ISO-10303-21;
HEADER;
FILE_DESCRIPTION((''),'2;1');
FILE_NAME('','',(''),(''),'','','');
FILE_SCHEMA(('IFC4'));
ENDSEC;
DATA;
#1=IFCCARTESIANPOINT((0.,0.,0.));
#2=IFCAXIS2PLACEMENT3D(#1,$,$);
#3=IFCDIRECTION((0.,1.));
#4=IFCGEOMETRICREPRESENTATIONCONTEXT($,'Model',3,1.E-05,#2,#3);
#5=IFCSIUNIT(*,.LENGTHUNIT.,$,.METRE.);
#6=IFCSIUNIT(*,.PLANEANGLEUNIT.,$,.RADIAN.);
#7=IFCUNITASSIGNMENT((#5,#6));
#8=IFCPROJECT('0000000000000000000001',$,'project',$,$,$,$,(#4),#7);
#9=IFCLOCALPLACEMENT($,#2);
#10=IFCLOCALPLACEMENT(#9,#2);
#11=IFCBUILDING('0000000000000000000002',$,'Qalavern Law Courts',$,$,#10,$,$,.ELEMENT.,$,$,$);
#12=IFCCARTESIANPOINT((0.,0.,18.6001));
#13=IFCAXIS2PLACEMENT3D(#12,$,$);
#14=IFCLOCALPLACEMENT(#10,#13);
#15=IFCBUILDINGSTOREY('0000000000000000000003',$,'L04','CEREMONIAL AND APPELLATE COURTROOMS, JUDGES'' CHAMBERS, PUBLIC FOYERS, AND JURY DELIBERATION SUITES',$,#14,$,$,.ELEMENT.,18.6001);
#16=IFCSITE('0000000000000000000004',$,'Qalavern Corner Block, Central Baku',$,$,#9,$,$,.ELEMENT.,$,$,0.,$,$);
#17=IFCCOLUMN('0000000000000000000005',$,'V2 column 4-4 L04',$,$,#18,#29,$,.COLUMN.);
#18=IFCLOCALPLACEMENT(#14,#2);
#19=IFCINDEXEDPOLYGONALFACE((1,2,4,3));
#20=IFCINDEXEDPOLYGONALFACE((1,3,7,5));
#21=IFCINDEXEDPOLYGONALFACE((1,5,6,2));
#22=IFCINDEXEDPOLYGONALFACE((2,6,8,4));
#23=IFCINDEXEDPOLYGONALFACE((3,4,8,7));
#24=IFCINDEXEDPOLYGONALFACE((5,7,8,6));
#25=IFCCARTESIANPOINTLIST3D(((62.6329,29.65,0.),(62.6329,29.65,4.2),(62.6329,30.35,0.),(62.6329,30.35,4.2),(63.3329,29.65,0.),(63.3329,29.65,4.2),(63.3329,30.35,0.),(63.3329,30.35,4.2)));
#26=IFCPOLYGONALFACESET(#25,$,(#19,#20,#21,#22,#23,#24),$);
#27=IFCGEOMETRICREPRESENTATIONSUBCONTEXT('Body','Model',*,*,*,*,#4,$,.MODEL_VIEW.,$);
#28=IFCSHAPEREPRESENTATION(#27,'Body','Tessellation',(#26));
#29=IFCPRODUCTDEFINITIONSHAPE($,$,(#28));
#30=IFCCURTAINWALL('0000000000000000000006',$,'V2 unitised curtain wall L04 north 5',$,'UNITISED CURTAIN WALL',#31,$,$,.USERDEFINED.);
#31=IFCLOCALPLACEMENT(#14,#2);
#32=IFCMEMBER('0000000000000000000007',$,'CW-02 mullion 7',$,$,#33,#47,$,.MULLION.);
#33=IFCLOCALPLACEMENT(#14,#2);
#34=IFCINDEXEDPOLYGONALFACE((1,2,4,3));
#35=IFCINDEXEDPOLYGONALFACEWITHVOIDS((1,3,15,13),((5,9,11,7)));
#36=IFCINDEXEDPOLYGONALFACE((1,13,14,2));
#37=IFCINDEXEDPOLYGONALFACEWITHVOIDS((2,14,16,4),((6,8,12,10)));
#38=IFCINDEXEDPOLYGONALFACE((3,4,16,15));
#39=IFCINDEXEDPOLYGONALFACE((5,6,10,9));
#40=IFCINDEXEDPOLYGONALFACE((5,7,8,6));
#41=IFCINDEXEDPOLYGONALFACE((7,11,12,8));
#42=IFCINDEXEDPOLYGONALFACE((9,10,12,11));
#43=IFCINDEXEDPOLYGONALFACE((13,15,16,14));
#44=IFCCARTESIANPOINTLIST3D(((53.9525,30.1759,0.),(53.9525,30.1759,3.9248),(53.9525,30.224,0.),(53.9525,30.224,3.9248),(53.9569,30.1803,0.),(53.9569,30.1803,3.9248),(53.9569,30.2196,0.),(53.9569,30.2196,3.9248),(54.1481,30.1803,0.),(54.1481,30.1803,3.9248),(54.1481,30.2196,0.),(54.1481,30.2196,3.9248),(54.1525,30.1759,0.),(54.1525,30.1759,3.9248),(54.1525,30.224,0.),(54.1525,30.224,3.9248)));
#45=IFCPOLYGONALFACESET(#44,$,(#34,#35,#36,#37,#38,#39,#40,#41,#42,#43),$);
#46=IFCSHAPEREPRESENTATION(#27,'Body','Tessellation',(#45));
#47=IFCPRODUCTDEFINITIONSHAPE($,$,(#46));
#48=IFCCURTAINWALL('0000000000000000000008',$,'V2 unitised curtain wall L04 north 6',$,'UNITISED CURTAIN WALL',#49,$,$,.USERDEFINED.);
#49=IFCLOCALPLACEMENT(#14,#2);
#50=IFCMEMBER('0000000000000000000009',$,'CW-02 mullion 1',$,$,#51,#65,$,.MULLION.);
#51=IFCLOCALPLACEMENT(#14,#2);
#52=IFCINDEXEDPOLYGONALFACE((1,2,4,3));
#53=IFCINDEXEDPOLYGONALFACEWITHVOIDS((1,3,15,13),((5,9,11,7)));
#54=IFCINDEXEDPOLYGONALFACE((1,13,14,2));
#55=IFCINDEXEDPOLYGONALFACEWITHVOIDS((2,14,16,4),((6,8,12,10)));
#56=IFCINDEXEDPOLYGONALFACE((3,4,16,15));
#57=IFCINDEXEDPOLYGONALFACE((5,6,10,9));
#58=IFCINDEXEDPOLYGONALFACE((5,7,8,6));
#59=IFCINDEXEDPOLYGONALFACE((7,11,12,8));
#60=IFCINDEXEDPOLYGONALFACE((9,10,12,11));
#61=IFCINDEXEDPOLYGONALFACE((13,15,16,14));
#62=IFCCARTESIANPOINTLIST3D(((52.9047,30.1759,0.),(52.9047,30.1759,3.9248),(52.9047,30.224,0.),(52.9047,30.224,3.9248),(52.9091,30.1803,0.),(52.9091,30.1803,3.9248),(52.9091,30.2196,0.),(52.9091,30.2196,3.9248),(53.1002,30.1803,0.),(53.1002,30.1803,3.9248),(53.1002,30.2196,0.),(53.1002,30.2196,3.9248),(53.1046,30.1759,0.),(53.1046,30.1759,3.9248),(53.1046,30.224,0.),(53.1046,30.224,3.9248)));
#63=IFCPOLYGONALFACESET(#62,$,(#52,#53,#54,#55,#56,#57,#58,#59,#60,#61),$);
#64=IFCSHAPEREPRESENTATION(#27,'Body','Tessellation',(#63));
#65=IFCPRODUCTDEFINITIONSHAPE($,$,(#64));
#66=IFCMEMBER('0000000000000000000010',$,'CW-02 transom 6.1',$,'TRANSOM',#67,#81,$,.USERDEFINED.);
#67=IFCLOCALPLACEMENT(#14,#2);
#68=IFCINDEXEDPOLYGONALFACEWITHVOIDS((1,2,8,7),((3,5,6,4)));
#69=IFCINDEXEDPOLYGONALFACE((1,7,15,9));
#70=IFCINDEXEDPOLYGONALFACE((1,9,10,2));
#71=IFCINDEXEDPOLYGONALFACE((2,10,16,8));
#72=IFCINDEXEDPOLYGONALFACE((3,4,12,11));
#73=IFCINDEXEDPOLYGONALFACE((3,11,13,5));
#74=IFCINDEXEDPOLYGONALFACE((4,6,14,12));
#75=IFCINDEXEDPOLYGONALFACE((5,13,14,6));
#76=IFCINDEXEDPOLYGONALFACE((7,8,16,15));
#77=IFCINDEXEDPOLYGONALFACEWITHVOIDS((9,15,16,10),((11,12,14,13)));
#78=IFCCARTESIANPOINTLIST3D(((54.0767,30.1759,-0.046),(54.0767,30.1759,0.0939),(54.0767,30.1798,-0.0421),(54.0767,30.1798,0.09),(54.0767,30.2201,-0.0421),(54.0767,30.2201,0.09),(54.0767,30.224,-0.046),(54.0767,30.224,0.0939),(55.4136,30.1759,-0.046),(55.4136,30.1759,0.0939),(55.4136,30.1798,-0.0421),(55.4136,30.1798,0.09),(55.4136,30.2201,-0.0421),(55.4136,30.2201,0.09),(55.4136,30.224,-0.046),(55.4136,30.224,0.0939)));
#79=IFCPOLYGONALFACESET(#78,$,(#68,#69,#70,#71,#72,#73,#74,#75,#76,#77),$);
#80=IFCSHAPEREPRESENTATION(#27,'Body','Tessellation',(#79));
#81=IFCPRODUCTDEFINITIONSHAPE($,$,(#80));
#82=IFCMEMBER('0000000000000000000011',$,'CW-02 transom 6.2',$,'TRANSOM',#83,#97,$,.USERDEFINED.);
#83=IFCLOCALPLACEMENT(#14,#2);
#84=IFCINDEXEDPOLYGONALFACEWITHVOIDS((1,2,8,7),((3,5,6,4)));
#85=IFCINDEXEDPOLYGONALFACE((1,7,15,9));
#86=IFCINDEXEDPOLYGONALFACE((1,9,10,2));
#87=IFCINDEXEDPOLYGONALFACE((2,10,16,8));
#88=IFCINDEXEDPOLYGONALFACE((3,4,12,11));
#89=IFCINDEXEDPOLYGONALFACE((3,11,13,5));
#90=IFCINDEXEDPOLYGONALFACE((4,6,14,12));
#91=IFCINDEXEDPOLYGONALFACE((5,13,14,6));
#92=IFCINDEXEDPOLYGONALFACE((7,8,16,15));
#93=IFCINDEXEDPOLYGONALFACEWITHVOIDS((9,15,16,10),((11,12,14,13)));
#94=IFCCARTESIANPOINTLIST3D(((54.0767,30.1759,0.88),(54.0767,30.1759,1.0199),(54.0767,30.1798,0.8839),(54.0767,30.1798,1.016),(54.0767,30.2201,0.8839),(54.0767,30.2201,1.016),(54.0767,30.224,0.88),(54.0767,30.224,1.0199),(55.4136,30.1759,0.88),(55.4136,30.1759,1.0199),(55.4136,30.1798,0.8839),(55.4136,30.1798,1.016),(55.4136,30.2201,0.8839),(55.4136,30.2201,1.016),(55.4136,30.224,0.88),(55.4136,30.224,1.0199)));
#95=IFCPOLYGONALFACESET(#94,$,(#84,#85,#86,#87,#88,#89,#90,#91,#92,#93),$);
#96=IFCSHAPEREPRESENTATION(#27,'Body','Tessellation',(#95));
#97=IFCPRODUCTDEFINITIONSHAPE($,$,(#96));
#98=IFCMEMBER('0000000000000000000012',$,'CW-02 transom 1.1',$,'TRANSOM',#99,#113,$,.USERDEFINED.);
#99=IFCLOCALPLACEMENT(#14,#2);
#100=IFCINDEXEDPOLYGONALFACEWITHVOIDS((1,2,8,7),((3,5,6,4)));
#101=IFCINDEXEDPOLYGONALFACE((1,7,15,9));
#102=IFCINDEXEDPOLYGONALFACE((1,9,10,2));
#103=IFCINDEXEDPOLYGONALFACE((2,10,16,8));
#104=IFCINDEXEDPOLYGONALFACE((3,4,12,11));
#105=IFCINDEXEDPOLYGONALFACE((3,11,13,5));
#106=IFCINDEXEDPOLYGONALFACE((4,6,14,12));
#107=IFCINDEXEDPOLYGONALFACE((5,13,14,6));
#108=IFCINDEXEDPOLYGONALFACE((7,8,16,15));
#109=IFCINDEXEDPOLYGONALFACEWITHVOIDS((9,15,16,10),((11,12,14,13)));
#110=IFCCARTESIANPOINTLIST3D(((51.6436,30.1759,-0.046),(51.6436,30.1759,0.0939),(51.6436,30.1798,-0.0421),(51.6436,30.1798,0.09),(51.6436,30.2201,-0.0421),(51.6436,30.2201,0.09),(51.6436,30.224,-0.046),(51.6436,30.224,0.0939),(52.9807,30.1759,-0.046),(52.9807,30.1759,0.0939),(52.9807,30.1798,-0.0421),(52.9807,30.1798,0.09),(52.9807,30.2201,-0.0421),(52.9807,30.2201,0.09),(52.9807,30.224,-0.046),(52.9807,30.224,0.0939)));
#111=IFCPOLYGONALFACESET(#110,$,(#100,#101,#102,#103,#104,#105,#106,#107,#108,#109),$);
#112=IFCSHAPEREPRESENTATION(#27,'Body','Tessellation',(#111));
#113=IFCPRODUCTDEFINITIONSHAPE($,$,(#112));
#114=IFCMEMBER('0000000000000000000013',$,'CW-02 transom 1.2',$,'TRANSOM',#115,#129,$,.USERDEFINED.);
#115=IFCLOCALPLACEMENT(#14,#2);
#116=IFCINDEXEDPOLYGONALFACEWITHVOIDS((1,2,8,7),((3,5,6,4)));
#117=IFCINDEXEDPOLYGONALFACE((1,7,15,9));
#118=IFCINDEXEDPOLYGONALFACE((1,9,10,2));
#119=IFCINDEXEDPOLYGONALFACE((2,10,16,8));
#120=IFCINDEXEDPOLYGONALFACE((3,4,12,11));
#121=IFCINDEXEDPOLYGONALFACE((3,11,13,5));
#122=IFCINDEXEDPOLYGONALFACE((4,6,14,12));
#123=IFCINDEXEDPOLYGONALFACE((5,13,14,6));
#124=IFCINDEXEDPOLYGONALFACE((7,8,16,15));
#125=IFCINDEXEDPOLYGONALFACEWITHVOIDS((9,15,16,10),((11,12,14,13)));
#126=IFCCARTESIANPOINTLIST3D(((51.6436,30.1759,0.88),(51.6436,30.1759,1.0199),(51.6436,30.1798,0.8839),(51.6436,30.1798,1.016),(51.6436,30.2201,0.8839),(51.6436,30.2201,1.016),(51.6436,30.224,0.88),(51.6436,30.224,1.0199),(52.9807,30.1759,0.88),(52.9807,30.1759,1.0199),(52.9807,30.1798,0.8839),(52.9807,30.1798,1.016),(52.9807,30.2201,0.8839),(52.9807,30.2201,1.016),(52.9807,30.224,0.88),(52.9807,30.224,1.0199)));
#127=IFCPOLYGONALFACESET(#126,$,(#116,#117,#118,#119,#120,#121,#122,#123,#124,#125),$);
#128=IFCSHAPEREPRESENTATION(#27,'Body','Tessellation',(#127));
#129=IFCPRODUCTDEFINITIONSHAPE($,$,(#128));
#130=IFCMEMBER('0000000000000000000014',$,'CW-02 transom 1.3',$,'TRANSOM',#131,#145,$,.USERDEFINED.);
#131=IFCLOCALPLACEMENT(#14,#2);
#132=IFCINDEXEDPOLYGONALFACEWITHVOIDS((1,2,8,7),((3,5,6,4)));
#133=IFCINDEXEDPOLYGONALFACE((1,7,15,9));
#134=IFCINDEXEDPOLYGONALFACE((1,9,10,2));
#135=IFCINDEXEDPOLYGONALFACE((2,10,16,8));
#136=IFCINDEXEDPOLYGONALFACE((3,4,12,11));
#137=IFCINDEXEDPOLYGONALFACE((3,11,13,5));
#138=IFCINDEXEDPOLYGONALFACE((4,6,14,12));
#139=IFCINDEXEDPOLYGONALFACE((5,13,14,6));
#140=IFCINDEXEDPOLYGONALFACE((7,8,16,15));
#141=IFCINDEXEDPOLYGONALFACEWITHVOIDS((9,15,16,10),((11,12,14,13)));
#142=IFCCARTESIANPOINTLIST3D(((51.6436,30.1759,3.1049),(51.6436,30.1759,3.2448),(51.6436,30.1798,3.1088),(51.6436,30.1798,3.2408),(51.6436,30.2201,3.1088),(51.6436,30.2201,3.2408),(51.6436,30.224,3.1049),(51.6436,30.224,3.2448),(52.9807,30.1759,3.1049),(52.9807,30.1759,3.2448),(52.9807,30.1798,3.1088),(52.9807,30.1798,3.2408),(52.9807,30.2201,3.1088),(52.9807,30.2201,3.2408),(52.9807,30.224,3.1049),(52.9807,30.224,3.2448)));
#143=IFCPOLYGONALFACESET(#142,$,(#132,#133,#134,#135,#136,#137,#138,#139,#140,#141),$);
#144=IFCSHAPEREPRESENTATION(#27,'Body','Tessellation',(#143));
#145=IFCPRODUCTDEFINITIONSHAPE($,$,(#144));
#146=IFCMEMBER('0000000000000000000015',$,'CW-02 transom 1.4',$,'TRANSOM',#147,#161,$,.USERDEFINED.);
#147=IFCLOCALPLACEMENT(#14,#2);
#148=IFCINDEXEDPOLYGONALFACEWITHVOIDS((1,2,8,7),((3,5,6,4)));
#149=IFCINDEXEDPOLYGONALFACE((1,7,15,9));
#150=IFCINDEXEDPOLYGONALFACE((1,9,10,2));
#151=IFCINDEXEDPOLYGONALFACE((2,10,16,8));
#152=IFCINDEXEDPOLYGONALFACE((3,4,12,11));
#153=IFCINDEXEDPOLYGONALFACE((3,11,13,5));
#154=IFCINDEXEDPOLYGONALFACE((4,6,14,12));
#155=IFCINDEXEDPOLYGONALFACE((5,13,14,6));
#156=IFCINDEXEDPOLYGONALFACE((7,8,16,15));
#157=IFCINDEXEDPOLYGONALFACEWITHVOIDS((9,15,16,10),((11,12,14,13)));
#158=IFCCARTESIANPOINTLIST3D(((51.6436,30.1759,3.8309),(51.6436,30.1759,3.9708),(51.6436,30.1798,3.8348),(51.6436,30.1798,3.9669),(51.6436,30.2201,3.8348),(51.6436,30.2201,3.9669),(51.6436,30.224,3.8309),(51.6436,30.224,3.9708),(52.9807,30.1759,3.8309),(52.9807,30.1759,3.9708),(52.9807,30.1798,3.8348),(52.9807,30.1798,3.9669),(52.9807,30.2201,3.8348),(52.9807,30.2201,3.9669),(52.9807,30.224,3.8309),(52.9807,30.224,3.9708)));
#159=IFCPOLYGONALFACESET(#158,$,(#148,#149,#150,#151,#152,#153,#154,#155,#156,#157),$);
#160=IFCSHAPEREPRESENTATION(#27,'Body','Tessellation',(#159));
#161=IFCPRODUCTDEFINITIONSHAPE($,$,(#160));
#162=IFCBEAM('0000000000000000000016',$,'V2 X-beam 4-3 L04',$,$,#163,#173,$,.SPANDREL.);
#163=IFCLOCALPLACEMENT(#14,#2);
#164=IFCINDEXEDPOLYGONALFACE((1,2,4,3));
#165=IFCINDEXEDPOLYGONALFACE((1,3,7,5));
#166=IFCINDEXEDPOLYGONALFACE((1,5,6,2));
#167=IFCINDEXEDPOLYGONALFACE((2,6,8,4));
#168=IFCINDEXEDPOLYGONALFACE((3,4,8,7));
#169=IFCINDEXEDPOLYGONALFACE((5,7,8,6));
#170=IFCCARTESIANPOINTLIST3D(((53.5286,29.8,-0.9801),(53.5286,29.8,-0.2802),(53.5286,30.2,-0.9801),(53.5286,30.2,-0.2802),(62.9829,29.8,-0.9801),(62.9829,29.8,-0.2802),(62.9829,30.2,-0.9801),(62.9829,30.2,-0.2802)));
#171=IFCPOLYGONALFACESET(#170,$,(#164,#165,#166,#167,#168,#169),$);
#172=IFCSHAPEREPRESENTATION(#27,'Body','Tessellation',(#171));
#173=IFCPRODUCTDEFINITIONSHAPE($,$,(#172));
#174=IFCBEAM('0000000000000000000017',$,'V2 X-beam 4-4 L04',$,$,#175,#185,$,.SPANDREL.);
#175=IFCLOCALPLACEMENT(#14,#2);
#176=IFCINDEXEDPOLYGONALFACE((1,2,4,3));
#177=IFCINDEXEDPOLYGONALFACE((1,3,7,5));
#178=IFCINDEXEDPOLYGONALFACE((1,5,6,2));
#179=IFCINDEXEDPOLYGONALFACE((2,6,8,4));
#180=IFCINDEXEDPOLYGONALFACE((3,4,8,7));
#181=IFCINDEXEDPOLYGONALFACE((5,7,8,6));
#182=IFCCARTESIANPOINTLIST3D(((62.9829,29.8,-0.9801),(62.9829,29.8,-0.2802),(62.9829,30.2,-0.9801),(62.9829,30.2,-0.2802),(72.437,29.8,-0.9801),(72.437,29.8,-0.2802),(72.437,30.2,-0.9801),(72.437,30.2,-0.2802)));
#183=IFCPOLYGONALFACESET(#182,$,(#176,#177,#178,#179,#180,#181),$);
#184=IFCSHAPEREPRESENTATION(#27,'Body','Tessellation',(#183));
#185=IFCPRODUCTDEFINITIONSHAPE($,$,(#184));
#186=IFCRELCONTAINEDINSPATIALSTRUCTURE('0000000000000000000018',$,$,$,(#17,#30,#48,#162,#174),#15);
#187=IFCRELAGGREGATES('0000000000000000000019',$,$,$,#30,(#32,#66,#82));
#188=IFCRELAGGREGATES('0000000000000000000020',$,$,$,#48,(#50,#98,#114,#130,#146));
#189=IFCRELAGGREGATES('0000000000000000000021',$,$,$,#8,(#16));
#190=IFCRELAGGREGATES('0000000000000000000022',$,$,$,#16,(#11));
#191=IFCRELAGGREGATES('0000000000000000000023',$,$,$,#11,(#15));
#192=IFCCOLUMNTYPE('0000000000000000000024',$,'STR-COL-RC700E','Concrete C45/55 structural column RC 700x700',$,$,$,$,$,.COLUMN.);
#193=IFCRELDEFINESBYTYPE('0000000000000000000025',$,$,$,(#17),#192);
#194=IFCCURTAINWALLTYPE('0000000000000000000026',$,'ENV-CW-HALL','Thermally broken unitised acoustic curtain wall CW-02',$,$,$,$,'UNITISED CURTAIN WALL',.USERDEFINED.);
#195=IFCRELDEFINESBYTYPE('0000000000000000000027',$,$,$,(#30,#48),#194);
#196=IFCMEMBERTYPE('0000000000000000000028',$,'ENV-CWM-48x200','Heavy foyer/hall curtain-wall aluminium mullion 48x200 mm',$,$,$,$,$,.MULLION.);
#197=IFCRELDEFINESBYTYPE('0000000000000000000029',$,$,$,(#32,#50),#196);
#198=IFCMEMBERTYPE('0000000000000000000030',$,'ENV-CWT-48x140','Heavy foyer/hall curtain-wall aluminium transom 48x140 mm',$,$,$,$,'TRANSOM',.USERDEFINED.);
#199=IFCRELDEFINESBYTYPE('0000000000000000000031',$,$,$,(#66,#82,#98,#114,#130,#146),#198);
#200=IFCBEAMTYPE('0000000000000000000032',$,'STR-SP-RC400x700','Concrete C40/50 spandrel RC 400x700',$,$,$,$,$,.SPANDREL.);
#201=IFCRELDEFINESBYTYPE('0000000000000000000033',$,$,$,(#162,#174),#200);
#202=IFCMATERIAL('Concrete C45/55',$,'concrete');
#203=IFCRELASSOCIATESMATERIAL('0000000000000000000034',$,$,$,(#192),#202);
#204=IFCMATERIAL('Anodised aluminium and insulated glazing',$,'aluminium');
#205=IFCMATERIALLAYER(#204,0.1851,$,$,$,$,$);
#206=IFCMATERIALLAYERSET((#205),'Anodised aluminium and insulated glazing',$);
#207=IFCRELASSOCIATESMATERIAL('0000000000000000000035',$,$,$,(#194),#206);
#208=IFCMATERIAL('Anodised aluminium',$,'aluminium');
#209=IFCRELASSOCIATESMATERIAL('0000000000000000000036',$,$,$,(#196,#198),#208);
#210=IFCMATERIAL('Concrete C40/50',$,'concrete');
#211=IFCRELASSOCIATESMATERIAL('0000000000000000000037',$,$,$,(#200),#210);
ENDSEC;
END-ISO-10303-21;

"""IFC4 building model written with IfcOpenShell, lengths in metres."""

from ifc_helpers import new_model, si_unit, direction, frame, origin, origin_2d, place, context, subcontext, project, spatial, rectangle, hollow_rectangle, extrude, material, layer, layer_set, material_profile, profile_set, type_object, element, aggregate, save


model = new_model("IFC4")

# Units and contexts
model_context = context("Model", 3, precision=1e-05, world=origin(), true_north=direction((0.0, 1.0)))
body_context = subcontext(model_context, "Body", "Model", "MODEL_VIEW")
ifc_project = project(units=[si_unit("LENGTHUNIT", "METRE"), si_unit("PLANEANGLEUNIT", "RADIAN")], contexts=[model_context])

# Site, building, storey
site_placement = place(None, origin())
site = spatial("IfcSite", under=ifc_project, at=site_placement, Name="Qalavern Corner Block, Central Baku", CompositionType="ELEMENT", RefElevation=0.0)
building_placement = place(site_placement, origin())
building = spatial("IfcBuilding", under=site, at=building_placement, Name="Qalavern Law Courts", CompositionType="ELEMENT")
storey_placement = place(building_placement, frame((0.0, 0.0, 18.6001)))
storey = spatial("IfcBuildingStorey", under=building, at=storey_placement, Name="L04", Description="CEREMONIAL AND APPELLATE COURTROOMS, JUDGES' CHAMBERS, PUBLIC FOYERS, AND JURY DELIBERATION SUITES", CompositionType="ELEMENT", Elevation=18.6001)

# Column
ifc_material_1 = material(Name="Concrete C45/55", Category="concrete")
ifc_material_profile_1 = material_profile(ifc_material_1, rectangle(XDim=0.7, YDim=0.7, at=origin_2d()), Name="RC 700x700")
ifc_profile_set_1 = profile_set([ifc_material_profile_1], Name="Concrete C45/55")
column_type = type_object("IfcColumnType", Name="STR-COL-RC700E", Description="Concrete C45/55 structural column RC 700x700", PredefinedType="COLUMN", material=ifc_profile_set_1)
column_placement = place(storey_placement, frame((62.9829, 30.0, 0.0), z_axis=(0.0, 0.0, 1.0), x_axis=(1.0, 0.0, 0.0)))
element("IfcColumn", 1, at=column_placement, inside=storey, type_object=column_type, Name="V2 column 4-4 L04", PredefinedType="COLUMN", context=body_context, shape_type="SweptSolid", body=[
    extrude(rectangle(XDim=0.7, YDim=0.7, at=origin_2d()), origin(), (0.0, 0.0, 1.0), 4.2),
])

# Curtain walls, members
ifc_material_2 = material(Name="Anodised aluminium and insulated glazing", Category="aluminium")
ifc_layer_1 = layer(ifc_material_2, 0.1851)
ifc_layer_set_1 = layer_set([ifc_layer_1], Name="Anodised aluminium and insulated glazing")
curtain_wall_type = type_object("IfcCurtainWallType", Name="ENV-CW-HALL", Description="Thermally broken unitised acoustic curtain wall CW-02", ElementType="UNITISED CURTAIN WALL", PredefinedType="USERDEFINED", material=ifc_layer_set_1)
curtain_wall_1_placement = place(storey_placement, origin())
curtain_wall_1 = element("IfcCurtainWall", 2, at=curtain_wall_1_placement, inside=storey, type_object=curtain_wall_type, Name="V2 unitised curtain wall L04 north 5", ObjectType="UNITISED CURTAIN WALL", PredefinedType="USERDEFINED")
ifc_material_3 = material(Name="Anodised aluminium", Category="aluminium")
ifc_material_profile_2 = material_profile(ifc_material_3, hollow_rectangle(XDim=0.0481, YDim=0.2, WallThickness=0.0044, at=origin_2d()), Name="ALU MULLION 48x200")
ifc_profile_set_2 = profile_set([ifc_material_profile_2], Name="Anodised aluminium")
member_type_1 = type_object("IfcMemberType", Name="ENV-CWM-48x200", Description="Heavy foyer/hall curtain-wall aluminium mullion 48x200 mm", PredefinedType="MULLION", material=ifc_profile_set_2)
member_1_placement = place(storey_placement, frame((54.0525, 30.2, 0.0), z_axis=(0.0, 0.0, 1.0), x_axis=(0.0, -1.0, 0.0)))
member_1 = element("IfcMember", 3, at=member_1_placement, type_object=member_type_1, Name="CW-02 mullion 7", PredefinedType="MULLION", context=body_context, shape_type="SweptSolid", body=[
    extrude(hollow_rectangle(XDim=0.0481, YDim=0.2, WallThickness=0.0044, at=origin_2d()), origin(), (0.0, 0.0, 1.0), 3.9248),
])
curtain_wall_2_placement = place(storey_placement, origin())
curtain_wall_2 = element("IfcCurtainWall", 4, at=curtain_wall_2_placement, inside=storey, type_object=curtain_wall_type, Name="V2 unitised curtain wall L04 north 6", ObjectType="UNITISED CURTAIN WALL", PredefinedType="USERDEFINED")
member_2_placement = place(storey_placement, frame((53.0046, 30.2, 0.0), z_axis=(0.0, 0.0, 1.0), x_axis=(0.0, -1.0, 0.0)))
member_2 = element("IfcMember", 5, at=member_2_placement, type_object=member_type_1, Name="CW-02 mullion 1", PredefinedType="MULLION", context=body_context, shape_type="SweptSolid", body=[
    extrude(hollow_rectangle(XDim=0.0481, YDim=0.2, WallThickness=0.0044, at=origin_2d()), origin(), (0.0, 0.0, 1.0), 3.9248),
])

# Members
ifc_material_profile_3 = material_profile(ifc_material_3, hollow_rectangle(XDim=0.0481, YDim=0.1399, WallThickness=0.0039, at=origin_2d()), Name="ALU TRANSOM 48x140")
ifc_profile_set_3 = profile_set([ifc_material_profile_3], Name="Anodised aluminium")
member_type_2 = type_object("IfcMemberType", Name="ENV-CWT-48x140", Description="Heavy foyer/hall curtain-wall aluminium transom 48x140 mm", ElementType="TRANSOM", PredefinedType="USERDEFINED", material=ifc_profile_set_3)
member_3_placement = place(storey_placement, frame((55.4136, 30.2, 0.0239), z_axis=(-1.0, 0.0, 0.0), x_axis=(0.0, -1.0, 0.0)))
member_3 = element("IfcMember", 6, at=member_3_placement, type_object=member_type_2, Name="CW-02 transom 6.1", ObjectType="TRANSOM", PredefinedType="USERDEFINED", context=body_context, shape_type="SweptSolid", body=[
    extrude(hollow_rectangle(XDim=0.0481, YDim=0.1399, WallThickness=0.0039, at=origin_2d()), origin(), (0.0, 0.0, 1.0), 1.3369),
])
member_4_placement = place(storey_placement, frame((55.4136, 30.2, 0.95), z_axis=(-1.0, 0.0, 0.0), x_axis=(0.0, -1.0, 0.0)))
member_4 = element("IfcMember", 7, at=member_4_placement, type_object=member_type_2, Name="CW-02 transom 6.2", ObjectType="TRANSOM", PredefinedType="USERDEFINED", context=body_context, shape_type="SweptSolid", body=[
    extrude(hollow_rectangle(XDim=0.0481, YDim=0.1399, WallThickness=0.0039, at=origin_2d()), origin(), (0.0, 0.0, 1.0), 1.3369),
])
member_5_placement = place(storey_placement, frame((52.9807, 30.2, 0.0239), z_axis=(-1.0, 0.0, 0.0), x_axis=(0.0, -1.0, 0.0)))
member_5 = element("IfcMember", 8, at=member_5_placement, type_object=member_type_2, Name="CW-02 transom 1.1", ObjectType="TRANSOM", PredefinedType="USERDEFINED", context=body_context, shape_type="SweptSolid", body=[
    extrude(hollow_rectangle(XDim=0.0481, YDim=0.1399, WallThickness=0.0039, at=origin_2d()), origin(), (0.0, 0.0, 1.0), 1.3372),
])
member_6_placement = place(storey_placement, frame((52.9807, 30.2, 0.95), z_axis=(-1.0, 0.0, 0.0), x_axis=(0.0, -1.0, 0.0)))
member_6 = element("IfcMember", 9, at=member_6_placement, type_object=member_type_2, Name="CW-02 transom 1.2", ObjectType="TRANSOM", PredefinedType="USERDEFINED", context=body_context, shape_type="SweptSolid", body=[
    extrude(hollow_rectangle(XDim=0.0481, YDim=0.1399, WallThickness=0.0039, at=origin_2d()), origin(), (0.0, 0.0, 1.0), 1.3372),
])
member_7_placement = place(storey_placement, frame((52.9807, 30.2, 3.1748), z_axis=(-1.0, 0.0, 0.0), x_axis=(0.0, -1.0, 0.0)))
member_7 = element("IfcMember", 10, at=member_7_placement, type_object=member_type_2, Name="CW-02 transom 1.3", ObjectType="TRANSOM", PredefinedType="USERDEFINED", context=body_context, shape_type="SweptSolid", body=[
    extrude(hollow_rectangle(XDim=0.0481, YDim=0.1399, WallThickness=0.0039, at=origin_2d()), origin(), (0.0, 0.0, 1.0), 1.3372),
])
member_8_placement = place(storey_placement, frame((52.9807, 30.2, 3.9009), z_axis=(-1.0, 0.0, 0.0), x_axis=(0.0, -1.0, 0.0)))
member_8 = element("IfcMember", 11, at=member_8_placement, type_object=member_type_2, Name="CW-02 transom 1.4", ObjectType="TRANSOM", PredefinedType="USERDEFINED", context=body_context, shape_type="SweptSolid", body=[
    extrude(hollow_rectangle(XDim=0.0481, YDim=0.1399, WallThickness=0.0039, at=origin_2d()), origin(), (0.0, 0.0, 1.0), 1.3372),
])

# Beams
ifc_material_4 = material(Name="Concrete C40/50", Category="concrete")
ifc_material_profile_4 = material_profile(ifc_material_4, rectangle(XDim=0.3999, YDim=0.7, at=origin_2d()), Name="RC 400x700")
ifc_profile_set_4 = profile_set([ifc_material_profile_4], Name="Concrete C40/50")
beam_type = type_object("IfcBeamType", Name="STR-SP-RC400x700", Description="Concrete C40/50 spandrel RC 400x700", PredefinedType="SPANDREL", material=ifc_profile_set_4)
beam_1_placement = place(storey_placement, frame((53.5286, 30.0, -0.6301), z_axis=(1.0, 0.0, 0.0), x_axis=(0.0, 1.0, 0.0)))
element("IfcBeam", 12, at=beam_1_placement, inside=storey, type_object=beam_type, Name="V2 X-beam 4-3 L04", PredefinedType="SPANDREL", context=body_context, shape_type="SweptSolid", body=[
    extrude(rectangle(XDim=0.3999, YDim=0.7, at=origin_2d()), origin(), (0.0, 0.0, 1.0), 9.4543),
])
beam_2_placement = place(storey_placement, frame((62.9829, 30.0, -0.6301), z_axis=(1.0, 0.0, 0.0), x_axis=(0.0, 1.0, 0.0)))
element("IfcBeam", 13, at=beam_2_placement, inside=storey, type_object=beam_type, Name="V2 X-beam 4-4 L04", PredefinedType="SPANDREL", context=body_context, shape_type="SweptSolid", body=[
    extrude(rectangle(XDim=0.3999, YDim=0.7, at=origin_2d()), origin(), (0.0, 0.0, 1.0), 9.4541),
])

aggregate(curtain_wall_1, [member_1, member_3, member_4])
aggregate(curtain_wall_2, [member_2, member_5, member_6, member_7, member_8])

save(model, "model.ifc")
